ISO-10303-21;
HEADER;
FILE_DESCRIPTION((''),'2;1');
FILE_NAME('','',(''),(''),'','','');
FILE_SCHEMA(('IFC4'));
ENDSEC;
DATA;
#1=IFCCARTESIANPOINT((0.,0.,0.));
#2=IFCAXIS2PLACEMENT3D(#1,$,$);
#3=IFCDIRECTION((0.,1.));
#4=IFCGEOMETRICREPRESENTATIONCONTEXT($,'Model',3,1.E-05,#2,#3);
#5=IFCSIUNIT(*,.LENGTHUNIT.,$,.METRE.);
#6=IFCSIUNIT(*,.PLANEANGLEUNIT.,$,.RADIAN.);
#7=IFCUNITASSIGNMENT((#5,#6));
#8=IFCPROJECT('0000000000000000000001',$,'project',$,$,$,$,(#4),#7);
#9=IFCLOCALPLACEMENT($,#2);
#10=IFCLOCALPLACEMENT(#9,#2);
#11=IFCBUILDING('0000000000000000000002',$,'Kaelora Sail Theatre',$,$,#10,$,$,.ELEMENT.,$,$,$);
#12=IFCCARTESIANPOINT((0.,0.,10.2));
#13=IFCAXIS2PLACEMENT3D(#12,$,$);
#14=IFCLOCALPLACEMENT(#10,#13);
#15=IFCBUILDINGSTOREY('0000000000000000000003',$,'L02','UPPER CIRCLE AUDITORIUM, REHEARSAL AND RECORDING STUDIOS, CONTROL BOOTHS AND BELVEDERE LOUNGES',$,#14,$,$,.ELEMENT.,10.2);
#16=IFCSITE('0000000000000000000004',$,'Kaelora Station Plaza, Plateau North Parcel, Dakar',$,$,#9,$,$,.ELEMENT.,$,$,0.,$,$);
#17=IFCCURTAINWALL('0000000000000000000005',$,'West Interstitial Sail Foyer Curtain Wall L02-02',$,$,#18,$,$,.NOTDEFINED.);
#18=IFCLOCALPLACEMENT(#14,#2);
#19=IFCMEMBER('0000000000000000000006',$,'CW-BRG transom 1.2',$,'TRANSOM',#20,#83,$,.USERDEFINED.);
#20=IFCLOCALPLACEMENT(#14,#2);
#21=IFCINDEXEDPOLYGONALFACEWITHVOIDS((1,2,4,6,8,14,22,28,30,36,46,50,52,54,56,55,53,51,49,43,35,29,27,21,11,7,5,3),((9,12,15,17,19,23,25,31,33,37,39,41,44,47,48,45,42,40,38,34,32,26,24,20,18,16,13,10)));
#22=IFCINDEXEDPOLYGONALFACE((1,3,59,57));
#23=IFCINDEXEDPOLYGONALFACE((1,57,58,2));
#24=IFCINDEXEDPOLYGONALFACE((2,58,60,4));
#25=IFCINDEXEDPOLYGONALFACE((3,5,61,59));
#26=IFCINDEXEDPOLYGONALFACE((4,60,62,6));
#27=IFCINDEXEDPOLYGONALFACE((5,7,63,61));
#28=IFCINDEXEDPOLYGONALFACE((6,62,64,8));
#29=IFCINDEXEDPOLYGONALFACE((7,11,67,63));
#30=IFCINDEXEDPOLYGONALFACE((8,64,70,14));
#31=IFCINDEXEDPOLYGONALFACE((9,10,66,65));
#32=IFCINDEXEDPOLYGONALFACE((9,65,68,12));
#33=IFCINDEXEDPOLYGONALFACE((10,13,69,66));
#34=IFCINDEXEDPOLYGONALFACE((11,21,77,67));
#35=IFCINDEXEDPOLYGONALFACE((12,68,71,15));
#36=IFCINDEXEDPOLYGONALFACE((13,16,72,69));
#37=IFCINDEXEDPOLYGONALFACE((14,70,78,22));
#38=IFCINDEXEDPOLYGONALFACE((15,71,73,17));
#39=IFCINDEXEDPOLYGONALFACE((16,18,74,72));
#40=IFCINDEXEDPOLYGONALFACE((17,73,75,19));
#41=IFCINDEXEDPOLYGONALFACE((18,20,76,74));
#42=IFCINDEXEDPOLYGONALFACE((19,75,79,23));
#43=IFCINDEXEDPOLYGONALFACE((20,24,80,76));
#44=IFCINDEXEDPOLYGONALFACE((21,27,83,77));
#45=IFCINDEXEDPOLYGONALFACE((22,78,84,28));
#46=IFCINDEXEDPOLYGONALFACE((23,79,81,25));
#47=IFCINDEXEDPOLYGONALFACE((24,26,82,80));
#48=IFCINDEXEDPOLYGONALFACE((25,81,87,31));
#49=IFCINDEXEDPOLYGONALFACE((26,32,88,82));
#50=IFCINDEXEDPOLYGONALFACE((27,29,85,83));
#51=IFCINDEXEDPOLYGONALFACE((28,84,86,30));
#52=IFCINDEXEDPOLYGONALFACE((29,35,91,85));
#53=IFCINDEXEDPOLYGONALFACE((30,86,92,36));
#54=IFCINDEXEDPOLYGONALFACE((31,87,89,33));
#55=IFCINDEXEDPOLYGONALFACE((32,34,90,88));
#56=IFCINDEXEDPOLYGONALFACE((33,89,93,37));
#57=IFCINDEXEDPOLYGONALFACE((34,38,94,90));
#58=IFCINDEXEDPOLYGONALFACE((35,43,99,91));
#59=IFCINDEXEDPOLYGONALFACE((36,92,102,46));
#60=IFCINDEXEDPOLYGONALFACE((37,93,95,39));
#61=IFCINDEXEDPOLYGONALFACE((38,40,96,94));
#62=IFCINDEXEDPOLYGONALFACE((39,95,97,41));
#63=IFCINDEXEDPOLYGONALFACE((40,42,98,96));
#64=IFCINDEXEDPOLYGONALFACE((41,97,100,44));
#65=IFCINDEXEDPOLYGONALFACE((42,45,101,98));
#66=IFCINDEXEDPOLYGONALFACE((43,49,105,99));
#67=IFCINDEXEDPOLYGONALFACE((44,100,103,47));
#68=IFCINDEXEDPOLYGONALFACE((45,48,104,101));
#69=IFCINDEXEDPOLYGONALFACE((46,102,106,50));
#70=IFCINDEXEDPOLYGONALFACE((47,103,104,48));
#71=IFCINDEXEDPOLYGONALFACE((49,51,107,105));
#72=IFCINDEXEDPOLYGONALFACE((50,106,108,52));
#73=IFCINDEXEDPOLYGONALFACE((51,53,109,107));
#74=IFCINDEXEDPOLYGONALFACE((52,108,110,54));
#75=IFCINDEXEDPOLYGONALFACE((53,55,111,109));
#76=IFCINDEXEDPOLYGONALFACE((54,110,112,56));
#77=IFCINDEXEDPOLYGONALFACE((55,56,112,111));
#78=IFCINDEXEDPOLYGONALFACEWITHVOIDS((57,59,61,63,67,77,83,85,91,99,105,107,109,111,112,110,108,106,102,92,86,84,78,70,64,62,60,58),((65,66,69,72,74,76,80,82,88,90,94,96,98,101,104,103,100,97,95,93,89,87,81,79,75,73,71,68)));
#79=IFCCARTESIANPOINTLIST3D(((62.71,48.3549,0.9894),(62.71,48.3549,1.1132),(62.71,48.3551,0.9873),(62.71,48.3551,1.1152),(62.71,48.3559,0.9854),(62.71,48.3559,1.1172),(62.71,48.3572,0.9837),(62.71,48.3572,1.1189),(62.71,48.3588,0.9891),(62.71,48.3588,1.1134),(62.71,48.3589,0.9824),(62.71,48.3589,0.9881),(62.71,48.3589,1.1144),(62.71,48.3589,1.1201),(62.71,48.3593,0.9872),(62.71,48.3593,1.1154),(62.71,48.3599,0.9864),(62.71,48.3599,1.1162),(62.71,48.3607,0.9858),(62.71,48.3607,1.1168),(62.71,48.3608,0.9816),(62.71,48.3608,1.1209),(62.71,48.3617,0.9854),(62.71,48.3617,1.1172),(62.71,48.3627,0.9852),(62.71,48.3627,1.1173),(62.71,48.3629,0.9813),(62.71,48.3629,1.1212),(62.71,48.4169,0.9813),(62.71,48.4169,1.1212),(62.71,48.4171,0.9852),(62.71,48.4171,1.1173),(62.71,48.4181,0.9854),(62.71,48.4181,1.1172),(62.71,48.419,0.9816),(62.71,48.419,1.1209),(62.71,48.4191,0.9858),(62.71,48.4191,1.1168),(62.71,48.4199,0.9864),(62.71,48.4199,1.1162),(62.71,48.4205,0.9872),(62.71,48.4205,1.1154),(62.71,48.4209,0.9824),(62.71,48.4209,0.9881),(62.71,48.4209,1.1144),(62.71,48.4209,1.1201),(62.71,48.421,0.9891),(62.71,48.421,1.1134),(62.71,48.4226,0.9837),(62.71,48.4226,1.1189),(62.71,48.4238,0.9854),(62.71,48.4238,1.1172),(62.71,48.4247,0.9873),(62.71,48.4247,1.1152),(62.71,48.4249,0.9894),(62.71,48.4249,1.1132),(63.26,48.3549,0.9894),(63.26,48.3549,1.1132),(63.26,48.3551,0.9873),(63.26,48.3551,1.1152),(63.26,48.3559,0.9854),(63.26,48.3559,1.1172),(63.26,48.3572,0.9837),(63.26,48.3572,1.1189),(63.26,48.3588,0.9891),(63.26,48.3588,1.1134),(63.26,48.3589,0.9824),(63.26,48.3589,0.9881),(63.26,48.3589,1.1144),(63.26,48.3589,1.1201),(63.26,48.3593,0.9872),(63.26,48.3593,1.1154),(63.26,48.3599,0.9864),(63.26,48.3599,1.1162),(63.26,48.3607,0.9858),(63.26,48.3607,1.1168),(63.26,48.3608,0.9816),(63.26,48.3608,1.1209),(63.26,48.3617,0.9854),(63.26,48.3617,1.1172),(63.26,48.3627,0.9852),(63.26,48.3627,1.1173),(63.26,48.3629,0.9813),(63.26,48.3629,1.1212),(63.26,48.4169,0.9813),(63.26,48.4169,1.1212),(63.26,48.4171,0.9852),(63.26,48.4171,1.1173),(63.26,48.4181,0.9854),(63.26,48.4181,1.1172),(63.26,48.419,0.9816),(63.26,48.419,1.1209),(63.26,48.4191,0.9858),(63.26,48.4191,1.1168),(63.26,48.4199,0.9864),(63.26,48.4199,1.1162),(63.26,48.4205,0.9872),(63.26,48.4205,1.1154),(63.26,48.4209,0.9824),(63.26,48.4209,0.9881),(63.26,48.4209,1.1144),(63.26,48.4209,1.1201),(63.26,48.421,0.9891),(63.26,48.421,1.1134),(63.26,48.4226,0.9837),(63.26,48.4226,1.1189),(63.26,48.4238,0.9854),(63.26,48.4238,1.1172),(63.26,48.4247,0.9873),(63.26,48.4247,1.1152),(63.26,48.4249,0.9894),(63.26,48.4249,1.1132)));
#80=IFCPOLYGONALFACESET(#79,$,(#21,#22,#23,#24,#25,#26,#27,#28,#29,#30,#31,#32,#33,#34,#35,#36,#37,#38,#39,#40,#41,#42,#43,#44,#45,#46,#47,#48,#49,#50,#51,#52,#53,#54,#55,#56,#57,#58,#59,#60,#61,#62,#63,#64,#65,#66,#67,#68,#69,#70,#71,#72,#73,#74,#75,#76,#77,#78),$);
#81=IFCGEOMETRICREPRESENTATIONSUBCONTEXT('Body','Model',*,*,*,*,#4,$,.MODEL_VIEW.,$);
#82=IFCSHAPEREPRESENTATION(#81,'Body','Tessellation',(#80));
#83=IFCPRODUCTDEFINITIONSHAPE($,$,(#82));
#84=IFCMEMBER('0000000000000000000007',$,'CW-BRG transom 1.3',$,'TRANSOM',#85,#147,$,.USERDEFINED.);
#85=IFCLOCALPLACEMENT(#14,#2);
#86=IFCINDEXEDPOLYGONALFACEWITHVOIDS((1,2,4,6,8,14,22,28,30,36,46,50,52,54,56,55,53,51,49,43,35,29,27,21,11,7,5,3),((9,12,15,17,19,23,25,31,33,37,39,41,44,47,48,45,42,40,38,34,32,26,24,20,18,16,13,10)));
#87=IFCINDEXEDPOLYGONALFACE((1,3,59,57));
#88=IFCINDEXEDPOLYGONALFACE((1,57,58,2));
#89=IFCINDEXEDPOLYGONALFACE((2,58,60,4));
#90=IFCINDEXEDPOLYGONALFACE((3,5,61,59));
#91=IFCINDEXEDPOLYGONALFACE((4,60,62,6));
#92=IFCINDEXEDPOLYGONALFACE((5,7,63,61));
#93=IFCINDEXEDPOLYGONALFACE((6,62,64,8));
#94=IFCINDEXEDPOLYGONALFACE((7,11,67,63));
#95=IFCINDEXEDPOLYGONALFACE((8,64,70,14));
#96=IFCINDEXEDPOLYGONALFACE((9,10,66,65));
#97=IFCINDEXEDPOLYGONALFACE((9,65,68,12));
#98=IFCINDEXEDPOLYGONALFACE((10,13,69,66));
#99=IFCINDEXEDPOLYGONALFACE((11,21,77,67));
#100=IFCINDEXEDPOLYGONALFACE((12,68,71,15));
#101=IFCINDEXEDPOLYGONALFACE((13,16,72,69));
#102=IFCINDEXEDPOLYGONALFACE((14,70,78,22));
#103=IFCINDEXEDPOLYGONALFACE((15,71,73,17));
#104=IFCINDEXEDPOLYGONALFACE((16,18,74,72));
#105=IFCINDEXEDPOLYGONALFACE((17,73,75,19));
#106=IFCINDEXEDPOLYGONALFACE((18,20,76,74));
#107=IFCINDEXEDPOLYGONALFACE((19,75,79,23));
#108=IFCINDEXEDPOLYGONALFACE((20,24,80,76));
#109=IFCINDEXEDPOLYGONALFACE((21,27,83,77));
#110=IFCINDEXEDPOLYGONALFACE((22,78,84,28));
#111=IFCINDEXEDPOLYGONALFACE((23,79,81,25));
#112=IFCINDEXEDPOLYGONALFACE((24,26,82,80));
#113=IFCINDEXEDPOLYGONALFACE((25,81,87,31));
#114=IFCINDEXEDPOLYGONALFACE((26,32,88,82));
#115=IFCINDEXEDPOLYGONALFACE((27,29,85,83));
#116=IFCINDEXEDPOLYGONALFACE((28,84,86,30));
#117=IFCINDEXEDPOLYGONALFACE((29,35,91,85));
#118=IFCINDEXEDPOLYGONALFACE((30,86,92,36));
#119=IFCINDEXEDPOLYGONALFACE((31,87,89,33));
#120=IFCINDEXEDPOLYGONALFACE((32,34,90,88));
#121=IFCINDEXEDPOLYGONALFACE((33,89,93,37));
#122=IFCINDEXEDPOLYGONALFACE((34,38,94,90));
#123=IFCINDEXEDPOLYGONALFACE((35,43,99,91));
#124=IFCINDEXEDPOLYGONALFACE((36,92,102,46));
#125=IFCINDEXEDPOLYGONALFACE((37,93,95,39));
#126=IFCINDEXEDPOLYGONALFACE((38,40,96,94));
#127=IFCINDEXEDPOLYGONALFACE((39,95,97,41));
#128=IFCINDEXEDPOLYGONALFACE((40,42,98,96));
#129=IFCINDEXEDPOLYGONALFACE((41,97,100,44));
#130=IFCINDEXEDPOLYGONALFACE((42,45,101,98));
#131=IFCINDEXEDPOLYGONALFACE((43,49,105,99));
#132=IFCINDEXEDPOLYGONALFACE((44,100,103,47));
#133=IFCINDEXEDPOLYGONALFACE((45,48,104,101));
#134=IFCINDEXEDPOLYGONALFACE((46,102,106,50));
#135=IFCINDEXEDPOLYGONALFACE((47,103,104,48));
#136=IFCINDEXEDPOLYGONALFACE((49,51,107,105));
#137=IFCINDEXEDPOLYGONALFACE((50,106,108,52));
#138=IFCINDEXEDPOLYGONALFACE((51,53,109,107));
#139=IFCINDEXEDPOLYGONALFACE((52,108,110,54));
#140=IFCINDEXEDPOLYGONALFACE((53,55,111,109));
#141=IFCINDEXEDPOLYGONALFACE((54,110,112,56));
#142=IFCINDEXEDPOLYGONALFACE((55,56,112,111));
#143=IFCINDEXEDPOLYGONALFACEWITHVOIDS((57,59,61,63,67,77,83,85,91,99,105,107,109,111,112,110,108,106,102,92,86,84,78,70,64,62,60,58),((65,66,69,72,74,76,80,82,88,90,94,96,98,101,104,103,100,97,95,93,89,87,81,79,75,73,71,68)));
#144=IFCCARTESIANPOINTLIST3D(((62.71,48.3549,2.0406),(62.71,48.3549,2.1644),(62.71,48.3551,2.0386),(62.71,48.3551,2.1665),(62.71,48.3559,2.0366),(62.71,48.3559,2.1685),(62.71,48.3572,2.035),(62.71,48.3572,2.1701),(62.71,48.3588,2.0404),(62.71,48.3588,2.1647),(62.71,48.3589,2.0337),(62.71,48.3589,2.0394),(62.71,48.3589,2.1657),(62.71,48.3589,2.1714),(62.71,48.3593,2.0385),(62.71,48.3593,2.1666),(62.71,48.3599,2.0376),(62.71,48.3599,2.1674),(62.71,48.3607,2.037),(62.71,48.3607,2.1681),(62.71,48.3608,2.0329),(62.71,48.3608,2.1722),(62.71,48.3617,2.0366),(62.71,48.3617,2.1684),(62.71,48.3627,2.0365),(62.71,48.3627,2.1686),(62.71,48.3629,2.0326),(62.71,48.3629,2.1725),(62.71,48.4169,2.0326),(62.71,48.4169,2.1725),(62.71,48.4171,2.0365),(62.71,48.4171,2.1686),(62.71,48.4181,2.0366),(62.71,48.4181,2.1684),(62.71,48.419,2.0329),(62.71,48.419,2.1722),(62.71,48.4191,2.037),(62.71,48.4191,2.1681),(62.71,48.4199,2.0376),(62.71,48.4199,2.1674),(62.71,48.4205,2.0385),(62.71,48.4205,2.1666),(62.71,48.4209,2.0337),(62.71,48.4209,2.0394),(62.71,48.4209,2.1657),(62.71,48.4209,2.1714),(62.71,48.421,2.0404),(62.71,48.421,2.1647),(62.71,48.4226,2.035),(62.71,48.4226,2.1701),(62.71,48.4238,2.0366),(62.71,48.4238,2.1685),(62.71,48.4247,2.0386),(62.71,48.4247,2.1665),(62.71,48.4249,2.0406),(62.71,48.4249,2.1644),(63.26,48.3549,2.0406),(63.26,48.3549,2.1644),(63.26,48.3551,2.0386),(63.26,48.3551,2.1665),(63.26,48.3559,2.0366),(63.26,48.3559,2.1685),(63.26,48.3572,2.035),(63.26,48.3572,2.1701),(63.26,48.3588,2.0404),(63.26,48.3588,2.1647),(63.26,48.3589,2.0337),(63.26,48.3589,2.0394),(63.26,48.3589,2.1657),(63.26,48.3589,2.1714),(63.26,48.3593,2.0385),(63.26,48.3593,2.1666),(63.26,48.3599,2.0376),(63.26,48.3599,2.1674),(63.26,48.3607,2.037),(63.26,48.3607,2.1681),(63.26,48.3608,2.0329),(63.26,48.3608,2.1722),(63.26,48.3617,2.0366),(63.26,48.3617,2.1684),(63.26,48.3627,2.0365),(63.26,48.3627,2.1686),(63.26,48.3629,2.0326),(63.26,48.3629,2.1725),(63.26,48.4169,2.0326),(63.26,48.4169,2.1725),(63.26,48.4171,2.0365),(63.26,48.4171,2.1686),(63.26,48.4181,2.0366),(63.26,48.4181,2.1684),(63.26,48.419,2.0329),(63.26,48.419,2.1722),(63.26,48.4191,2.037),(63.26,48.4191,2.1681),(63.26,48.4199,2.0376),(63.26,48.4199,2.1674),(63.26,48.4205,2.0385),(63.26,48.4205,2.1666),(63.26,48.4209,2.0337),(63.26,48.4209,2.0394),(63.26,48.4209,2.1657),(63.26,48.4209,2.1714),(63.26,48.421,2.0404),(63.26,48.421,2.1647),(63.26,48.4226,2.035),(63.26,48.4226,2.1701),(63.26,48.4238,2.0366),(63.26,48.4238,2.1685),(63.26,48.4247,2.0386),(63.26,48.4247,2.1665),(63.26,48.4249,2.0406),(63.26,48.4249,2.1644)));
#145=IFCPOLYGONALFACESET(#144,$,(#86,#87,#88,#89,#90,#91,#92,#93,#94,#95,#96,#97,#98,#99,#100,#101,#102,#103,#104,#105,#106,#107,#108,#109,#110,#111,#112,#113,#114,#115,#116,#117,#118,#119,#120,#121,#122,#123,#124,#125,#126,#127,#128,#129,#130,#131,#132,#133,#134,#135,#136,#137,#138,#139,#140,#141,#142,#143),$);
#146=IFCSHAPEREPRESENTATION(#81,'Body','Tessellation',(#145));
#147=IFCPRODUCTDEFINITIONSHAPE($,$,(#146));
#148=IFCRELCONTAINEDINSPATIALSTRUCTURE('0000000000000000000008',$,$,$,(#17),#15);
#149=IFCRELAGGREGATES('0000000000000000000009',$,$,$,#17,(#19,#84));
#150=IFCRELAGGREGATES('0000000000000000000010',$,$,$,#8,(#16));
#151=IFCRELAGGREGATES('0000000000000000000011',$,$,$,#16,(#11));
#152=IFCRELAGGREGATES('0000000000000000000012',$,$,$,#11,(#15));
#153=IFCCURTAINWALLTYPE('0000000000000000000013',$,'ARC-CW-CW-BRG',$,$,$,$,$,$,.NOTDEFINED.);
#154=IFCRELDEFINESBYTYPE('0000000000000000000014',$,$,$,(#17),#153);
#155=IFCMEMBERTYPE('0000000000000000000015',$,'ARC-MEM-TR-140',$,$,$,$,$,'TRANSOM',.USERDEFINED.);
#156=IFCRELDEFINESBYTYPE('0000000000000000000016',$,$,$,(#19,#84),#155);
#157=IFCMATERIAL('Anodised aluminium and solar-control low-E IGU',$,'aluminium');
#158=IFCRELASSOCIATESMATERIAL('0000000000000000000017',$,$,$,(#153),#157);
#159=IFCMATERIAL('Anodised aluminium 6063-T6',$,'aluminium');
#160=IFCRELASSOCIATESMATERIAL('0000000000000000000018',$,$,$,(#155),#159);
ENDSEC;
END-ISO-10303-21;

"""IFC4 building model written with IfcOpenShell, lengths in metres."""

from ifc_helpers import new_model, si_unit, direction, frame, origin, origin_2d, place, context, subcontext, project, spatial, hollow_rectangle, extrude, material, material_profile, profile_set, type_object, element, aggregate, save


model = new_model("IFC4")

# Units and contexts
model_context = context("Model", 3, precision=1e-05, world=origin(), true_north=direction((0.0, 1.0)))
body_context = subcontext(model_context, "Body", "Model", "MODEL_VIEW")
ifc_project = project(units=[si_unit("LENGTHUNIT", "METRE"), si_unit("PLANEANGLEUNIT", "RADIAN")], contexts=[model_context])

# Site, building, storey
site_placement = place(None, origin())
site = spatial("IfcSite", under=ifc_project, at=site_placement, Name="Kaelora Station Plaza, Plateau North Parcel, Dakar", CompositionType="ELEMENT", RefElevation=0.0)
building_placement = place(site_placement, origin())
building = spatial("IfcBuilding", under=site, at=building_placement, Name="Kaelora Sail Theatre", CompositionType="ELEMENT")
storey_placement = place(building_placement, frame((0.0, 0.0, 10.2)))
storey = spatial("IfcBuildingStorey", under=building, at=storey_placement, Name="L02", Description="UPPER CIRCLE AUDITORIUM, REHEARSAL AND RECORDING STUDIOS, CONTROL BOOTHS AND BELVEDERE LOUNGES", CompositionType="ELEMENT", Elevation=10.2)

# Shared definitions
ifc_material_1 = material(Name="Anodised aluminium and solar-control low-E IGU", Category="aluminium")
curtain_wall_type = type_object("IfcCurtainWallType", Name="ARC-CW-CW-BRG", PredefinedType="NOTDEFINED", material=ifc_material_1)

# Curtain wall, members
curtain_wall_1_placement = place(storey_placement, origin())
curtain_wall_1 = element("IfcCurtainWall", 1, at=curtain_wall_1_placement, inside=storey, type_object=curtain_wall_type, Name="West Interstitial Sail Foyer Curtain Wall L02-02", PredefinedType="NOTDEFINED")
ifc_material_2 = material(Name="Anodised aluminium 6063-T6", Category="aluminium")
ifc_material_profile_1 = material_profile(ifc_material_2, hollow_rectangle(XDim=0.0701, YDim=0.1399, WallThickness=0.0039, InnerFilletRadius=0.0039, OuterFilletRadius=0.0081, at=origin_2d()), Name="ALU-TRAN 70x140x4")
ifc_profile_set_1 = profile_set([ifc_material_profile_1], Name="Anodised aluminium 6063-T6")
member_type_1 = type_object("IfcMemberType", Name="ARC-MEM-TR-140", ElementType="TRANSOM", PredefinedType="USERDEFINED", material=ifc_profile_set_1)
member_1_placement = place(storey_placement, frame((62.71, 48.3899, 1.0513), z_axis=(1.0, 0.0, 0.0), x_axis=(0.0, 1.0, 0.0)))
member_1 = element("IfcMember", 2, at=member_1_placement, type_object=member_type_1, Name="CW-BRG transom 1.2", ObjectType="TRANSOM", PredefinedType="USERDEFINED", context=body_context, shape_type="SweptSolid", body=[
    extrude(hollow_rectangle(XDim=0.0701, YDim=0.1399, WallThickness=0.0039, InnerFilletRadius=0.0039, OuterFilletRadius=0.0081, at=origin_2d()), origin(), (0.0, 0.0, 1.0), 0.55),
])
member_2_placement = place(storey_placement, frame((62.71, 48.3899, 2.1025), z_axis=(1.0, 0.0, 0.0), x_axis=(0.0, 1.0, 0.0)))
member_2 = element("IfcMember", 3, at=member_2_placement, type_object=member_type_1, Name="CW-BRG transom 1.3", ObjectType="TRANSOM", PredefinedType="USERDEFINED", context=body_context, shape_type="SweptSolid", body=[
    extrude(hollow_rectangle(XDim=0.0701, YDim=0.1399, WallThickness=0.0039, InnerFilletRadius=0.0039, OuterFilletRadius=0.0081, at=origin_2d()), origin(), (0.0, 0.0, 1.0), 0.55),
])

aggregate(curtain_wall_1, [member_1, member_2])

save(model, "model.ifc")
